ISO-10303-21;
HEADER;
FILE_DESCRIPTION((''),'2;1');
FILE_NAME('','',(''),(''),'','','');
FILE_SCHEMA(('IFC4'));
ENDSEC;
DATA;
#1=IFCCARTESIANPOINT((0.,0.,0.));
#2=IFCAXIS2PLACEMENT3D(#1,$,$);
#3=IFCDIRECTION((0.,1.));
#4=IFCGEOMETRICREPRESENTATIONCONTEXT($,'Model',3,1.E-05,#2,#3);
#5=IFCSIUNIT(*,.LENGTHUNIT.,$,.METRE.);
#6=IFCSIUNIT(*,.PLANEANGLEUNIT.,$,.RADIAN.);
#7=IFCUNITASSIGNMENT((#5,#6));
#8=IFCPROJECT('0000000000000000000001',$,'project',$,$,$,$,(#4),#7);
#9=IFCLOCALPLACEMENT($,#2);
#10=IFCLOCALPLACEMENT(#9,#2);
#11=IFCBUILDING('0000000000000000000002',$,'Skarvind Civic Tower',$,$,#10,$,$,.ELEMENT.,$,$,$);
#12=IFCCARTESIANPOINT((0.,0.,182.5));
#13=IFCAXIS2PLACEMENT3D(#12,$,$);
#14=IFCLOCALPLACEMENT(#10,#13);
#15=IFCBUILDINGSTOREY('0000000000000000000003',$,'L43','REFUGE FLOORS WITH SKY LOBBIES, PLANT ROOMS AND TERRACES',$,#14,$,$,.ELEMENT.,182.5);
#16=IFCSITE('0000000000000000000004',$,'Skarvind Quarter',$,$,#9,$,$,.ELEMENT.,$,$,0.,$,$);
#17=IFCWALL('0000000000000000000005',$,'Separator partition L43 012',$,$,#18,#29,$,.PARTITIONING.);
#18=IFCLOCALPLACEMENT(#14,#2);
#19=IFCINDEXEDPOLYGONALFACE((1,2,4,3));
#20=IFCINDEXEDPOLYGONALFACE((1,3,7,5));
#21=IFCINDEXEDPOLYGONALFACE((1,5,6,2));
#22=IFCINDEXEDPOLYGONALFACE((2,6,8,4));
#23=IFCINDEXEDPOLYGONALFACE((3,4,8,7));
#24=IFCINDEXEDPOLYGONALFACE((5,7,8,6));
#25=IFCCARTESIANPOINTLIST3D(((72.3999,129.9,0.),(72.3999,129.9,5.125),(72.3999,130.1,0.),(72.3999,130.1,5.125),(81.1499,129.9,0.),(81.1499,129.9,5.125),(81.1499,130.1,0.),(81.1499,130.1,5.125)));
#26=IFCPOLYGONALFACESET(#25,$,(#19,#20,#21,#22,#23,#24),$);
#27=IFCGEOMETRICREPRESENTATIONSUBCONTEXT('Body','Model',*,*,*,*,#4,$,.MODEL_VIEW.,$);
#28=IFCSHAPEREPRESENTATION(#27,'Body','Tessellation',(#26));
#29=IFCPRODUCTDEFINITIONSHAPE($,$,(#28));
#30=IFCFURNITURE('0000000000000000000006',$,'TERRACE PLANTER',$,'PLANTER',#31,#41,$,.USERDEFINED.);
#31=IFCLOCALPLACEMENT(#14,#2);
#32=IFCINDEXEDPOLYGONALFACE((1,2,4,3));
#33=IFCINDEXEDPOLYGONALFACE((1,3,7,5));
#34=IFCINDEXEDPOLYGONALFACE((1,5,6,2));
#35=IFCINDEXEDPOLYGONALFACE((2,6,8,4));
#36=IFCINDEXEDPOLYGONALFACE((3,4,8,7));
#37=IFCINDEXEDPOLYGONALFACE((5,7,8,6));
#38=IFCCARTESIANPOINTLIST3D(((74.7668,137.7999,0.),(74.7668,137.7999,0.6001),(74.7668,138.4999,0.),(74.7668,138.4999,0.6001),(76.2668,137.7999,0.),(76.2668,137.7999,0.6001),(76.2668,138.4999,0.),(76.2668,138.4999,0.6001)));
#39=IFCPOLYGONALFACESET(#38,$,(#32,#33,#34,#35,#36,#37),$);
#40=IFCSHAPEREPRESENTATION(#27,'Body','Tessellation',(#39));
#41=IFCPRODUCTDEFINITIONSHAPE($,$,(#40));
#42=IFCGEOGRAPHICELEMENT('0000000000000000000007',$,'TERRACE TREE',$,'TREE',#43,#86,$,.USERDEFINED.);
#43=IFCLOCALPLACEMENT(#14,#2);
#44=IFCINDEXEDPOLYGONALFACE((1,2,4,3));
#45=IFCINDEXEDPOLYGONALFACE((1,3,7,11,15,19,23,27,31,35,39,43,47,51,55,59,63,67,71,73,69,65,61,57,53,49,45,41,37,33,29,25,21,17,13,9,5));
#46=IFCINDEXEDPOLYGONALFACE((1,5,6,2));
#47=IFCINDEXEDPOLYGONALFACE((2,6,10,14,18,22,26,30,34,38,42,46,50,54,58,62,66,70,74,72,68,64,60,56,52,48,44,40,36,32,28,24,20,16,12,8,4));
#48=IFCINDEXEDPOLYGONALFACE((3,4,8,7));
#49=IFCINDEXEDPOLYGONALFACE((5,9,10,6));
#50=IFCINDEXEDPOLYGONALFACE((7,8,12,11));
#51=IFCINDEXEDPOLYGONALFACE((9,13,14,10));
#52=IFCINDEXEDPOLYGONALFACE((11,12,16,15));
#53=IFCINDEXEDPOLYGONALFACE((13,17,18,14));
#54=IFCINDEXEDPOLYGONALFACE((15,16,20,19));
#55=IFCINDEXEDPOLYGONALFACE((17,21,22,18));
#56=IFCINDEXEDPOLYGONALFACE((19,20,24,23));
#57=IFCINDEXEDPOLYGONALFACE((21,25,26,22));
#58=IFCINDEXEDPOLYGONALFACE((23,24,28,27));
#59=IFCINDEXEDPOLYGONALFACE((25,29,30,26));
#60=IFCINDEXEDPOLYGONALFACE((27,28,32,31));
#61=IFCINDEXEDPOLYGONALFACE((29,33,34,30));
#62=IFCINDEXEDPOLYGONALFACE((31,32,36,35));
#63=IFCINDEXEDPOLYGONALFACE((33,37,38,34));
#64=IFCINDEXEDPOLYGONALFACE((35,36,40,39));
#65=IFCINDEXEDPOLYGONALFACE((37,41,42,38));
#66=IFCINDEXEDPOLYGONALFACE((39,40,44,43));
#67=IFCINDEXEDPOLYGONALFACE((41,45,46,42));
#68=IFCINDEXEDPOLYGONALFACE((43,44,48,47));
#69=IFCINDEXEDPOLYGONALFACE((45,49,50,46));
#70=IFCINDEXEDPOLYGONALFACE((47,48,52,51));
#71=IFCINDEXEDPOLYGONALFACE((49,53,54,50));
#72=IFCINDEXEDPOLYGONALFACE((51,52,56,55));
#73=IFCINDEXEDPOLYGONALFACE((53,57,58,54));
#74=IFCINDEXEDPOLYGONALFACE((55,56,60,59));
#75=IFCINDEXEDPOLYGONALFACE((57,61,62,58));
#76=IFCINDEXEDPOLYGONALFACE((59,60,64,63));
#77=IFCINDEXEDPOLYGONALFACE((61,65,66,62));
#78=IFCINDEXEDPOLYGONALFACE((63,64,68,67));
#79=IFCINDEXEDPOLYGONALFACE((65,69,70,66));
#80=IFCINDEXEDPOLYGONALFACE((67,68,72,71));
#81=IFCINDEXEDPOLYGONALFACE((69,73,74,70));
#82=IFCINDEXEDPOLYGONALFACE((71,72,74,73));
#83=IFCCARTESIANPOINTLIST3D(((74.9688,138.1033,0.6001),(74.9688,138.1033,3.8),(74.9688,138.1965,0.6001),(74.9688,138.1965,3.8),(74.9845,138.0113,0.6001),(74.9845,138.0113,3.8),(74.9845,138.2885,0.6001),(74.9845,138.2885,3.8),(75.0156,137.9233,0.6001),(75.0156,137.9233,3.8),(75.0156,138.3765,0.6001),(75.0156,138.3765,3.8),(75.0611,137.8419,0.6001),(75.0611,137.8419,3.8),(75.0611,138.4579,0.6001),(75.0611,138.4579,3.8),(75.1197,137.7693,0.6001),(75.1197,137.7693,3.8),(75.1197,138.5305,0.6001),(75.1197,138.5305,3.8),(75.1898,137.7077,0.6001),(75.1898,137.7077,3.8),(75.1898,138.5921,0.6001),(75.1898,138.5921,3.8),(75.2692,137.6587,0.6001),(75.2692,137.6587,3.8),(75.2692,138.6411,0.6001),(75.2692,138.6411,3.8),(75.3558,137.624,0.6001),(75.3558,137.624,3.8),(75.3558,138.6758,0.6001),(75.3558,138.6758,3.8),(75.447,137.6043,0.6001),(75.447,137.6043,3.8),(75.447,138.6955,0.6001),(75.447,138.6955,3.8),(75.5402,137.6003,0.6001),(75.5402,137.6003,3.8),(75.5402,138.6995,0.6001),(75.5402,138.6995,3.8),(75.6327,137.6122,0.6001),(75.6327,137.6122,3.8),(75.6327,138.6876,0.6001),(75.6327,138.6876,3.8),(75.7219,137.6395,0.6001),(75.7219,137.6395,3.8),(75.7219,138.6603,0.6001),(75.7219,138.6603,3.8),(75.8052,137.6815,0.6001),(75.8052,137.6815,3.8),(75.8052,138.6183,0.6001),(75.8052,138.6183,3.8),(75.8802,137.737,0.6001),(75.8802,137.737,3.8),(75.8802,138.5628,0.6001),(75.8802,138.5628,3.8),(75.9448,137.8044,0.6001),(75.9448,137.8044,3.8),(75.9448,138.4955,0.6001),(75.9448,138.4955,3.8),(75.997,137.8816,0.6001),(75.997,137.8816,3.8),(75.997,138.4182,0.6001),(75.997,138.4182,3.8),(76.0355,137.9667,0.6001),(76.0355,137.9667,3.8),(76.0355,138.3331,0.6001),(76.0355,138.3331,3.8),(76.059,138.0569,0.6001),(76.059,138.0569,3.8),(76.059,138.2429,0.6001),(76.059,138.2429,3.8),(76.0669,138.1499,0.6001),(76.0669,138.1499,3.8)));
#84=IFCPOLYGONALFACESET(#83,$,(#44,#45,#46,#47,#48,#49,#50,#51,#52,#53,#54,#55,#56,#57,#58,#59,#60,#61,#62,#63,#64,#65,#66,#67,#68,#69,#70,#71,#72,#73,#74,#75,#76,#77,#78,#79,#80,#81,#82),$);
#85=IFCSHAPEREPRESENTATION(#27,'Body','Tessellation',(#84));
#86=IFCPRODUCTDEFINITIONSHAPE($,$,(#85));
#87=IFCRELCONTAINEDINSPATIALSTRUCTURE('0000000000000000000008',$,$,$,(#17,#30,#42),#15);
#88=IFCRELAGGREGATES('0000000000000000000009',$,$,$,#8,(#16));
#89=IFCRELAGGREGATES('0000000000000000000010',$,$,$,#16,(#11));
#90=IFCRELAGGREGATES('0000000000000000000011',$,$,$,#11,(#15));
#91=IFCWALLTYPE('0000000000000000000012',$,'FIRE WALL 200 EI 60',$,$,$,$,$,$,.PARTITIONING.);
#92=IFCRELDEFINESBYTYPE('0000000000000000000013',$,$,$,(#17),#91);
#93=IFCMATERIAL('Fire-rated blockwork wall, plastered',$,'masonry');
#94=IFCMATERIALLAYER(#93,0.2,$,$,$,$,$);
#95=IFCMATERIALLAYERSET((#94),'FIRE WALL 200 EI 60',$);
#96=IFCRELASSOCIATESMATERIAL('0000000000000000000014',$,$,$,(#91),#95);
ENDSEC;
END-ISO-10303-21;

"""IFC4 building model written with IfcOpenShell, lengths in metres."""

from ifc_helpers import new_model, si_unit, direction, frame, frame_2d, origin, origin_2d, place, context, subcontext, project, spatial, rectangle, circle, extrude, material, layer, layer_set, type_object, element, save


model = new_model("IFC4")

# Units and contexts
model_context = context("Model", 3, precision=1e-05, world=origin(), true_north=direction((0.0, 1.0)))
body_context = subcontext(model_context, "Body", "Model", "MODEL_VIEW")
ifc_project = project(units=[si_unit("LENGTHUNIT", "METRE"), si_unit("PLANEANGLEUNIT", "RADIAN")], contexts=[model_context])

# Site, building, storey
site_placement = place(None, origin())
site = spatial("IfcSite", under=ifc_project, at=site_placement, Name="Skarvind Quarter", CompositionType="ELEMENT", RefElevation=0.0)
building_placement = place(site_placement, origin())
building = spatial("IfcBuilding", under=site, at=building_placement, Name="Skarvind Civic Tower", CompositionType="ELEMENT")
storey_placement = place(building_placement, frame((0.0, 0.0, 182.5)))
storey = spatial("IfcBuildingStorey", under=building, at=storey_placement, Name="L43", Description="REFUGE FLOORS WITH SKY LOBBIES, PLANT ROOMS AND TERRACES", CompositionType="ELEMENT", Elevation=182.5)

# Wall
ifc_material_1 = material(Name="Fire-rated blockwork wall, plastered", Category="masonry")
ifc_layer_1 = layer(ifc_material_1, 0.2)
ifc_layer_set_1 = layer_set([ifc_layer_1], Name="FIRE WALL 200 EI 60")
wall_type_1 = type_object("IfcWallType", Name="FIRE WALL 200 EI 60", PredefinedType="PARTITIONING", material=ifc_layer_set_1)
wall_1_placement = place(storey_placement, frame((72.3999, 130.0, 0.0), z_axis=(0.0, 0.0, 1.0), x_axis=(1.0, 0.0, 0.0)))
element("IfcWall", 1, at=wall_1_placement, inside=storey, type_object=wall_type_1, Name="Separator partition L43 012", PredefinedType="PARTITIONING", context=body_context, shape_type="SweptSolid", body=[
    extrude(rectangle(XDim=8.75, YDim=0.2, at=frame_2d((4.375, 0.0))), origin(), (0.0, 0.0, 1.0), 5.125),
])

# Furniture
furniture_placement = place(storey_placement, frame((75.5168, 138.1499, 0.0), z_axis=(0.0, 0.0, 1.0), x_axis=(1.0, 0.0, 0.0)))
element("IfcFurniture", 2, at=furniture_placement, inside=storey, Name="TERRACE PLANTER", ObjectType="PLANTER", PredefinedType="USERDEFINED", context=body_context, shape_type="SweptSolid", body=[
    extrude(rectangle(XDim=1.5, YDim=0.7, at=origin_2d()), origin(), (0.0, 0.0, 1.0), 0.6001),
])

# Geographic element
geographic_element_placement = place(storey_placement, frame((75.5168, 138.1499, 0.6001), z_axis=(0.0, 0.0, 1.0), x_axis=(1.0, 0.0, 0.0)))
element("IfcGeographicElement", 3, at=geographic_element_placement, inside=storey, Name="TERRACE TREE", ObjectType="TREE", PredefinedType="USERDEFINED", context=body_context, shape_type="SweptSolid", body=[
    extrude(circle(Radius=0.55, at=origin_2d()), origin(), (0.0, 0.0, 1.0), 3.2),
])

save(model, "model.ifc")
